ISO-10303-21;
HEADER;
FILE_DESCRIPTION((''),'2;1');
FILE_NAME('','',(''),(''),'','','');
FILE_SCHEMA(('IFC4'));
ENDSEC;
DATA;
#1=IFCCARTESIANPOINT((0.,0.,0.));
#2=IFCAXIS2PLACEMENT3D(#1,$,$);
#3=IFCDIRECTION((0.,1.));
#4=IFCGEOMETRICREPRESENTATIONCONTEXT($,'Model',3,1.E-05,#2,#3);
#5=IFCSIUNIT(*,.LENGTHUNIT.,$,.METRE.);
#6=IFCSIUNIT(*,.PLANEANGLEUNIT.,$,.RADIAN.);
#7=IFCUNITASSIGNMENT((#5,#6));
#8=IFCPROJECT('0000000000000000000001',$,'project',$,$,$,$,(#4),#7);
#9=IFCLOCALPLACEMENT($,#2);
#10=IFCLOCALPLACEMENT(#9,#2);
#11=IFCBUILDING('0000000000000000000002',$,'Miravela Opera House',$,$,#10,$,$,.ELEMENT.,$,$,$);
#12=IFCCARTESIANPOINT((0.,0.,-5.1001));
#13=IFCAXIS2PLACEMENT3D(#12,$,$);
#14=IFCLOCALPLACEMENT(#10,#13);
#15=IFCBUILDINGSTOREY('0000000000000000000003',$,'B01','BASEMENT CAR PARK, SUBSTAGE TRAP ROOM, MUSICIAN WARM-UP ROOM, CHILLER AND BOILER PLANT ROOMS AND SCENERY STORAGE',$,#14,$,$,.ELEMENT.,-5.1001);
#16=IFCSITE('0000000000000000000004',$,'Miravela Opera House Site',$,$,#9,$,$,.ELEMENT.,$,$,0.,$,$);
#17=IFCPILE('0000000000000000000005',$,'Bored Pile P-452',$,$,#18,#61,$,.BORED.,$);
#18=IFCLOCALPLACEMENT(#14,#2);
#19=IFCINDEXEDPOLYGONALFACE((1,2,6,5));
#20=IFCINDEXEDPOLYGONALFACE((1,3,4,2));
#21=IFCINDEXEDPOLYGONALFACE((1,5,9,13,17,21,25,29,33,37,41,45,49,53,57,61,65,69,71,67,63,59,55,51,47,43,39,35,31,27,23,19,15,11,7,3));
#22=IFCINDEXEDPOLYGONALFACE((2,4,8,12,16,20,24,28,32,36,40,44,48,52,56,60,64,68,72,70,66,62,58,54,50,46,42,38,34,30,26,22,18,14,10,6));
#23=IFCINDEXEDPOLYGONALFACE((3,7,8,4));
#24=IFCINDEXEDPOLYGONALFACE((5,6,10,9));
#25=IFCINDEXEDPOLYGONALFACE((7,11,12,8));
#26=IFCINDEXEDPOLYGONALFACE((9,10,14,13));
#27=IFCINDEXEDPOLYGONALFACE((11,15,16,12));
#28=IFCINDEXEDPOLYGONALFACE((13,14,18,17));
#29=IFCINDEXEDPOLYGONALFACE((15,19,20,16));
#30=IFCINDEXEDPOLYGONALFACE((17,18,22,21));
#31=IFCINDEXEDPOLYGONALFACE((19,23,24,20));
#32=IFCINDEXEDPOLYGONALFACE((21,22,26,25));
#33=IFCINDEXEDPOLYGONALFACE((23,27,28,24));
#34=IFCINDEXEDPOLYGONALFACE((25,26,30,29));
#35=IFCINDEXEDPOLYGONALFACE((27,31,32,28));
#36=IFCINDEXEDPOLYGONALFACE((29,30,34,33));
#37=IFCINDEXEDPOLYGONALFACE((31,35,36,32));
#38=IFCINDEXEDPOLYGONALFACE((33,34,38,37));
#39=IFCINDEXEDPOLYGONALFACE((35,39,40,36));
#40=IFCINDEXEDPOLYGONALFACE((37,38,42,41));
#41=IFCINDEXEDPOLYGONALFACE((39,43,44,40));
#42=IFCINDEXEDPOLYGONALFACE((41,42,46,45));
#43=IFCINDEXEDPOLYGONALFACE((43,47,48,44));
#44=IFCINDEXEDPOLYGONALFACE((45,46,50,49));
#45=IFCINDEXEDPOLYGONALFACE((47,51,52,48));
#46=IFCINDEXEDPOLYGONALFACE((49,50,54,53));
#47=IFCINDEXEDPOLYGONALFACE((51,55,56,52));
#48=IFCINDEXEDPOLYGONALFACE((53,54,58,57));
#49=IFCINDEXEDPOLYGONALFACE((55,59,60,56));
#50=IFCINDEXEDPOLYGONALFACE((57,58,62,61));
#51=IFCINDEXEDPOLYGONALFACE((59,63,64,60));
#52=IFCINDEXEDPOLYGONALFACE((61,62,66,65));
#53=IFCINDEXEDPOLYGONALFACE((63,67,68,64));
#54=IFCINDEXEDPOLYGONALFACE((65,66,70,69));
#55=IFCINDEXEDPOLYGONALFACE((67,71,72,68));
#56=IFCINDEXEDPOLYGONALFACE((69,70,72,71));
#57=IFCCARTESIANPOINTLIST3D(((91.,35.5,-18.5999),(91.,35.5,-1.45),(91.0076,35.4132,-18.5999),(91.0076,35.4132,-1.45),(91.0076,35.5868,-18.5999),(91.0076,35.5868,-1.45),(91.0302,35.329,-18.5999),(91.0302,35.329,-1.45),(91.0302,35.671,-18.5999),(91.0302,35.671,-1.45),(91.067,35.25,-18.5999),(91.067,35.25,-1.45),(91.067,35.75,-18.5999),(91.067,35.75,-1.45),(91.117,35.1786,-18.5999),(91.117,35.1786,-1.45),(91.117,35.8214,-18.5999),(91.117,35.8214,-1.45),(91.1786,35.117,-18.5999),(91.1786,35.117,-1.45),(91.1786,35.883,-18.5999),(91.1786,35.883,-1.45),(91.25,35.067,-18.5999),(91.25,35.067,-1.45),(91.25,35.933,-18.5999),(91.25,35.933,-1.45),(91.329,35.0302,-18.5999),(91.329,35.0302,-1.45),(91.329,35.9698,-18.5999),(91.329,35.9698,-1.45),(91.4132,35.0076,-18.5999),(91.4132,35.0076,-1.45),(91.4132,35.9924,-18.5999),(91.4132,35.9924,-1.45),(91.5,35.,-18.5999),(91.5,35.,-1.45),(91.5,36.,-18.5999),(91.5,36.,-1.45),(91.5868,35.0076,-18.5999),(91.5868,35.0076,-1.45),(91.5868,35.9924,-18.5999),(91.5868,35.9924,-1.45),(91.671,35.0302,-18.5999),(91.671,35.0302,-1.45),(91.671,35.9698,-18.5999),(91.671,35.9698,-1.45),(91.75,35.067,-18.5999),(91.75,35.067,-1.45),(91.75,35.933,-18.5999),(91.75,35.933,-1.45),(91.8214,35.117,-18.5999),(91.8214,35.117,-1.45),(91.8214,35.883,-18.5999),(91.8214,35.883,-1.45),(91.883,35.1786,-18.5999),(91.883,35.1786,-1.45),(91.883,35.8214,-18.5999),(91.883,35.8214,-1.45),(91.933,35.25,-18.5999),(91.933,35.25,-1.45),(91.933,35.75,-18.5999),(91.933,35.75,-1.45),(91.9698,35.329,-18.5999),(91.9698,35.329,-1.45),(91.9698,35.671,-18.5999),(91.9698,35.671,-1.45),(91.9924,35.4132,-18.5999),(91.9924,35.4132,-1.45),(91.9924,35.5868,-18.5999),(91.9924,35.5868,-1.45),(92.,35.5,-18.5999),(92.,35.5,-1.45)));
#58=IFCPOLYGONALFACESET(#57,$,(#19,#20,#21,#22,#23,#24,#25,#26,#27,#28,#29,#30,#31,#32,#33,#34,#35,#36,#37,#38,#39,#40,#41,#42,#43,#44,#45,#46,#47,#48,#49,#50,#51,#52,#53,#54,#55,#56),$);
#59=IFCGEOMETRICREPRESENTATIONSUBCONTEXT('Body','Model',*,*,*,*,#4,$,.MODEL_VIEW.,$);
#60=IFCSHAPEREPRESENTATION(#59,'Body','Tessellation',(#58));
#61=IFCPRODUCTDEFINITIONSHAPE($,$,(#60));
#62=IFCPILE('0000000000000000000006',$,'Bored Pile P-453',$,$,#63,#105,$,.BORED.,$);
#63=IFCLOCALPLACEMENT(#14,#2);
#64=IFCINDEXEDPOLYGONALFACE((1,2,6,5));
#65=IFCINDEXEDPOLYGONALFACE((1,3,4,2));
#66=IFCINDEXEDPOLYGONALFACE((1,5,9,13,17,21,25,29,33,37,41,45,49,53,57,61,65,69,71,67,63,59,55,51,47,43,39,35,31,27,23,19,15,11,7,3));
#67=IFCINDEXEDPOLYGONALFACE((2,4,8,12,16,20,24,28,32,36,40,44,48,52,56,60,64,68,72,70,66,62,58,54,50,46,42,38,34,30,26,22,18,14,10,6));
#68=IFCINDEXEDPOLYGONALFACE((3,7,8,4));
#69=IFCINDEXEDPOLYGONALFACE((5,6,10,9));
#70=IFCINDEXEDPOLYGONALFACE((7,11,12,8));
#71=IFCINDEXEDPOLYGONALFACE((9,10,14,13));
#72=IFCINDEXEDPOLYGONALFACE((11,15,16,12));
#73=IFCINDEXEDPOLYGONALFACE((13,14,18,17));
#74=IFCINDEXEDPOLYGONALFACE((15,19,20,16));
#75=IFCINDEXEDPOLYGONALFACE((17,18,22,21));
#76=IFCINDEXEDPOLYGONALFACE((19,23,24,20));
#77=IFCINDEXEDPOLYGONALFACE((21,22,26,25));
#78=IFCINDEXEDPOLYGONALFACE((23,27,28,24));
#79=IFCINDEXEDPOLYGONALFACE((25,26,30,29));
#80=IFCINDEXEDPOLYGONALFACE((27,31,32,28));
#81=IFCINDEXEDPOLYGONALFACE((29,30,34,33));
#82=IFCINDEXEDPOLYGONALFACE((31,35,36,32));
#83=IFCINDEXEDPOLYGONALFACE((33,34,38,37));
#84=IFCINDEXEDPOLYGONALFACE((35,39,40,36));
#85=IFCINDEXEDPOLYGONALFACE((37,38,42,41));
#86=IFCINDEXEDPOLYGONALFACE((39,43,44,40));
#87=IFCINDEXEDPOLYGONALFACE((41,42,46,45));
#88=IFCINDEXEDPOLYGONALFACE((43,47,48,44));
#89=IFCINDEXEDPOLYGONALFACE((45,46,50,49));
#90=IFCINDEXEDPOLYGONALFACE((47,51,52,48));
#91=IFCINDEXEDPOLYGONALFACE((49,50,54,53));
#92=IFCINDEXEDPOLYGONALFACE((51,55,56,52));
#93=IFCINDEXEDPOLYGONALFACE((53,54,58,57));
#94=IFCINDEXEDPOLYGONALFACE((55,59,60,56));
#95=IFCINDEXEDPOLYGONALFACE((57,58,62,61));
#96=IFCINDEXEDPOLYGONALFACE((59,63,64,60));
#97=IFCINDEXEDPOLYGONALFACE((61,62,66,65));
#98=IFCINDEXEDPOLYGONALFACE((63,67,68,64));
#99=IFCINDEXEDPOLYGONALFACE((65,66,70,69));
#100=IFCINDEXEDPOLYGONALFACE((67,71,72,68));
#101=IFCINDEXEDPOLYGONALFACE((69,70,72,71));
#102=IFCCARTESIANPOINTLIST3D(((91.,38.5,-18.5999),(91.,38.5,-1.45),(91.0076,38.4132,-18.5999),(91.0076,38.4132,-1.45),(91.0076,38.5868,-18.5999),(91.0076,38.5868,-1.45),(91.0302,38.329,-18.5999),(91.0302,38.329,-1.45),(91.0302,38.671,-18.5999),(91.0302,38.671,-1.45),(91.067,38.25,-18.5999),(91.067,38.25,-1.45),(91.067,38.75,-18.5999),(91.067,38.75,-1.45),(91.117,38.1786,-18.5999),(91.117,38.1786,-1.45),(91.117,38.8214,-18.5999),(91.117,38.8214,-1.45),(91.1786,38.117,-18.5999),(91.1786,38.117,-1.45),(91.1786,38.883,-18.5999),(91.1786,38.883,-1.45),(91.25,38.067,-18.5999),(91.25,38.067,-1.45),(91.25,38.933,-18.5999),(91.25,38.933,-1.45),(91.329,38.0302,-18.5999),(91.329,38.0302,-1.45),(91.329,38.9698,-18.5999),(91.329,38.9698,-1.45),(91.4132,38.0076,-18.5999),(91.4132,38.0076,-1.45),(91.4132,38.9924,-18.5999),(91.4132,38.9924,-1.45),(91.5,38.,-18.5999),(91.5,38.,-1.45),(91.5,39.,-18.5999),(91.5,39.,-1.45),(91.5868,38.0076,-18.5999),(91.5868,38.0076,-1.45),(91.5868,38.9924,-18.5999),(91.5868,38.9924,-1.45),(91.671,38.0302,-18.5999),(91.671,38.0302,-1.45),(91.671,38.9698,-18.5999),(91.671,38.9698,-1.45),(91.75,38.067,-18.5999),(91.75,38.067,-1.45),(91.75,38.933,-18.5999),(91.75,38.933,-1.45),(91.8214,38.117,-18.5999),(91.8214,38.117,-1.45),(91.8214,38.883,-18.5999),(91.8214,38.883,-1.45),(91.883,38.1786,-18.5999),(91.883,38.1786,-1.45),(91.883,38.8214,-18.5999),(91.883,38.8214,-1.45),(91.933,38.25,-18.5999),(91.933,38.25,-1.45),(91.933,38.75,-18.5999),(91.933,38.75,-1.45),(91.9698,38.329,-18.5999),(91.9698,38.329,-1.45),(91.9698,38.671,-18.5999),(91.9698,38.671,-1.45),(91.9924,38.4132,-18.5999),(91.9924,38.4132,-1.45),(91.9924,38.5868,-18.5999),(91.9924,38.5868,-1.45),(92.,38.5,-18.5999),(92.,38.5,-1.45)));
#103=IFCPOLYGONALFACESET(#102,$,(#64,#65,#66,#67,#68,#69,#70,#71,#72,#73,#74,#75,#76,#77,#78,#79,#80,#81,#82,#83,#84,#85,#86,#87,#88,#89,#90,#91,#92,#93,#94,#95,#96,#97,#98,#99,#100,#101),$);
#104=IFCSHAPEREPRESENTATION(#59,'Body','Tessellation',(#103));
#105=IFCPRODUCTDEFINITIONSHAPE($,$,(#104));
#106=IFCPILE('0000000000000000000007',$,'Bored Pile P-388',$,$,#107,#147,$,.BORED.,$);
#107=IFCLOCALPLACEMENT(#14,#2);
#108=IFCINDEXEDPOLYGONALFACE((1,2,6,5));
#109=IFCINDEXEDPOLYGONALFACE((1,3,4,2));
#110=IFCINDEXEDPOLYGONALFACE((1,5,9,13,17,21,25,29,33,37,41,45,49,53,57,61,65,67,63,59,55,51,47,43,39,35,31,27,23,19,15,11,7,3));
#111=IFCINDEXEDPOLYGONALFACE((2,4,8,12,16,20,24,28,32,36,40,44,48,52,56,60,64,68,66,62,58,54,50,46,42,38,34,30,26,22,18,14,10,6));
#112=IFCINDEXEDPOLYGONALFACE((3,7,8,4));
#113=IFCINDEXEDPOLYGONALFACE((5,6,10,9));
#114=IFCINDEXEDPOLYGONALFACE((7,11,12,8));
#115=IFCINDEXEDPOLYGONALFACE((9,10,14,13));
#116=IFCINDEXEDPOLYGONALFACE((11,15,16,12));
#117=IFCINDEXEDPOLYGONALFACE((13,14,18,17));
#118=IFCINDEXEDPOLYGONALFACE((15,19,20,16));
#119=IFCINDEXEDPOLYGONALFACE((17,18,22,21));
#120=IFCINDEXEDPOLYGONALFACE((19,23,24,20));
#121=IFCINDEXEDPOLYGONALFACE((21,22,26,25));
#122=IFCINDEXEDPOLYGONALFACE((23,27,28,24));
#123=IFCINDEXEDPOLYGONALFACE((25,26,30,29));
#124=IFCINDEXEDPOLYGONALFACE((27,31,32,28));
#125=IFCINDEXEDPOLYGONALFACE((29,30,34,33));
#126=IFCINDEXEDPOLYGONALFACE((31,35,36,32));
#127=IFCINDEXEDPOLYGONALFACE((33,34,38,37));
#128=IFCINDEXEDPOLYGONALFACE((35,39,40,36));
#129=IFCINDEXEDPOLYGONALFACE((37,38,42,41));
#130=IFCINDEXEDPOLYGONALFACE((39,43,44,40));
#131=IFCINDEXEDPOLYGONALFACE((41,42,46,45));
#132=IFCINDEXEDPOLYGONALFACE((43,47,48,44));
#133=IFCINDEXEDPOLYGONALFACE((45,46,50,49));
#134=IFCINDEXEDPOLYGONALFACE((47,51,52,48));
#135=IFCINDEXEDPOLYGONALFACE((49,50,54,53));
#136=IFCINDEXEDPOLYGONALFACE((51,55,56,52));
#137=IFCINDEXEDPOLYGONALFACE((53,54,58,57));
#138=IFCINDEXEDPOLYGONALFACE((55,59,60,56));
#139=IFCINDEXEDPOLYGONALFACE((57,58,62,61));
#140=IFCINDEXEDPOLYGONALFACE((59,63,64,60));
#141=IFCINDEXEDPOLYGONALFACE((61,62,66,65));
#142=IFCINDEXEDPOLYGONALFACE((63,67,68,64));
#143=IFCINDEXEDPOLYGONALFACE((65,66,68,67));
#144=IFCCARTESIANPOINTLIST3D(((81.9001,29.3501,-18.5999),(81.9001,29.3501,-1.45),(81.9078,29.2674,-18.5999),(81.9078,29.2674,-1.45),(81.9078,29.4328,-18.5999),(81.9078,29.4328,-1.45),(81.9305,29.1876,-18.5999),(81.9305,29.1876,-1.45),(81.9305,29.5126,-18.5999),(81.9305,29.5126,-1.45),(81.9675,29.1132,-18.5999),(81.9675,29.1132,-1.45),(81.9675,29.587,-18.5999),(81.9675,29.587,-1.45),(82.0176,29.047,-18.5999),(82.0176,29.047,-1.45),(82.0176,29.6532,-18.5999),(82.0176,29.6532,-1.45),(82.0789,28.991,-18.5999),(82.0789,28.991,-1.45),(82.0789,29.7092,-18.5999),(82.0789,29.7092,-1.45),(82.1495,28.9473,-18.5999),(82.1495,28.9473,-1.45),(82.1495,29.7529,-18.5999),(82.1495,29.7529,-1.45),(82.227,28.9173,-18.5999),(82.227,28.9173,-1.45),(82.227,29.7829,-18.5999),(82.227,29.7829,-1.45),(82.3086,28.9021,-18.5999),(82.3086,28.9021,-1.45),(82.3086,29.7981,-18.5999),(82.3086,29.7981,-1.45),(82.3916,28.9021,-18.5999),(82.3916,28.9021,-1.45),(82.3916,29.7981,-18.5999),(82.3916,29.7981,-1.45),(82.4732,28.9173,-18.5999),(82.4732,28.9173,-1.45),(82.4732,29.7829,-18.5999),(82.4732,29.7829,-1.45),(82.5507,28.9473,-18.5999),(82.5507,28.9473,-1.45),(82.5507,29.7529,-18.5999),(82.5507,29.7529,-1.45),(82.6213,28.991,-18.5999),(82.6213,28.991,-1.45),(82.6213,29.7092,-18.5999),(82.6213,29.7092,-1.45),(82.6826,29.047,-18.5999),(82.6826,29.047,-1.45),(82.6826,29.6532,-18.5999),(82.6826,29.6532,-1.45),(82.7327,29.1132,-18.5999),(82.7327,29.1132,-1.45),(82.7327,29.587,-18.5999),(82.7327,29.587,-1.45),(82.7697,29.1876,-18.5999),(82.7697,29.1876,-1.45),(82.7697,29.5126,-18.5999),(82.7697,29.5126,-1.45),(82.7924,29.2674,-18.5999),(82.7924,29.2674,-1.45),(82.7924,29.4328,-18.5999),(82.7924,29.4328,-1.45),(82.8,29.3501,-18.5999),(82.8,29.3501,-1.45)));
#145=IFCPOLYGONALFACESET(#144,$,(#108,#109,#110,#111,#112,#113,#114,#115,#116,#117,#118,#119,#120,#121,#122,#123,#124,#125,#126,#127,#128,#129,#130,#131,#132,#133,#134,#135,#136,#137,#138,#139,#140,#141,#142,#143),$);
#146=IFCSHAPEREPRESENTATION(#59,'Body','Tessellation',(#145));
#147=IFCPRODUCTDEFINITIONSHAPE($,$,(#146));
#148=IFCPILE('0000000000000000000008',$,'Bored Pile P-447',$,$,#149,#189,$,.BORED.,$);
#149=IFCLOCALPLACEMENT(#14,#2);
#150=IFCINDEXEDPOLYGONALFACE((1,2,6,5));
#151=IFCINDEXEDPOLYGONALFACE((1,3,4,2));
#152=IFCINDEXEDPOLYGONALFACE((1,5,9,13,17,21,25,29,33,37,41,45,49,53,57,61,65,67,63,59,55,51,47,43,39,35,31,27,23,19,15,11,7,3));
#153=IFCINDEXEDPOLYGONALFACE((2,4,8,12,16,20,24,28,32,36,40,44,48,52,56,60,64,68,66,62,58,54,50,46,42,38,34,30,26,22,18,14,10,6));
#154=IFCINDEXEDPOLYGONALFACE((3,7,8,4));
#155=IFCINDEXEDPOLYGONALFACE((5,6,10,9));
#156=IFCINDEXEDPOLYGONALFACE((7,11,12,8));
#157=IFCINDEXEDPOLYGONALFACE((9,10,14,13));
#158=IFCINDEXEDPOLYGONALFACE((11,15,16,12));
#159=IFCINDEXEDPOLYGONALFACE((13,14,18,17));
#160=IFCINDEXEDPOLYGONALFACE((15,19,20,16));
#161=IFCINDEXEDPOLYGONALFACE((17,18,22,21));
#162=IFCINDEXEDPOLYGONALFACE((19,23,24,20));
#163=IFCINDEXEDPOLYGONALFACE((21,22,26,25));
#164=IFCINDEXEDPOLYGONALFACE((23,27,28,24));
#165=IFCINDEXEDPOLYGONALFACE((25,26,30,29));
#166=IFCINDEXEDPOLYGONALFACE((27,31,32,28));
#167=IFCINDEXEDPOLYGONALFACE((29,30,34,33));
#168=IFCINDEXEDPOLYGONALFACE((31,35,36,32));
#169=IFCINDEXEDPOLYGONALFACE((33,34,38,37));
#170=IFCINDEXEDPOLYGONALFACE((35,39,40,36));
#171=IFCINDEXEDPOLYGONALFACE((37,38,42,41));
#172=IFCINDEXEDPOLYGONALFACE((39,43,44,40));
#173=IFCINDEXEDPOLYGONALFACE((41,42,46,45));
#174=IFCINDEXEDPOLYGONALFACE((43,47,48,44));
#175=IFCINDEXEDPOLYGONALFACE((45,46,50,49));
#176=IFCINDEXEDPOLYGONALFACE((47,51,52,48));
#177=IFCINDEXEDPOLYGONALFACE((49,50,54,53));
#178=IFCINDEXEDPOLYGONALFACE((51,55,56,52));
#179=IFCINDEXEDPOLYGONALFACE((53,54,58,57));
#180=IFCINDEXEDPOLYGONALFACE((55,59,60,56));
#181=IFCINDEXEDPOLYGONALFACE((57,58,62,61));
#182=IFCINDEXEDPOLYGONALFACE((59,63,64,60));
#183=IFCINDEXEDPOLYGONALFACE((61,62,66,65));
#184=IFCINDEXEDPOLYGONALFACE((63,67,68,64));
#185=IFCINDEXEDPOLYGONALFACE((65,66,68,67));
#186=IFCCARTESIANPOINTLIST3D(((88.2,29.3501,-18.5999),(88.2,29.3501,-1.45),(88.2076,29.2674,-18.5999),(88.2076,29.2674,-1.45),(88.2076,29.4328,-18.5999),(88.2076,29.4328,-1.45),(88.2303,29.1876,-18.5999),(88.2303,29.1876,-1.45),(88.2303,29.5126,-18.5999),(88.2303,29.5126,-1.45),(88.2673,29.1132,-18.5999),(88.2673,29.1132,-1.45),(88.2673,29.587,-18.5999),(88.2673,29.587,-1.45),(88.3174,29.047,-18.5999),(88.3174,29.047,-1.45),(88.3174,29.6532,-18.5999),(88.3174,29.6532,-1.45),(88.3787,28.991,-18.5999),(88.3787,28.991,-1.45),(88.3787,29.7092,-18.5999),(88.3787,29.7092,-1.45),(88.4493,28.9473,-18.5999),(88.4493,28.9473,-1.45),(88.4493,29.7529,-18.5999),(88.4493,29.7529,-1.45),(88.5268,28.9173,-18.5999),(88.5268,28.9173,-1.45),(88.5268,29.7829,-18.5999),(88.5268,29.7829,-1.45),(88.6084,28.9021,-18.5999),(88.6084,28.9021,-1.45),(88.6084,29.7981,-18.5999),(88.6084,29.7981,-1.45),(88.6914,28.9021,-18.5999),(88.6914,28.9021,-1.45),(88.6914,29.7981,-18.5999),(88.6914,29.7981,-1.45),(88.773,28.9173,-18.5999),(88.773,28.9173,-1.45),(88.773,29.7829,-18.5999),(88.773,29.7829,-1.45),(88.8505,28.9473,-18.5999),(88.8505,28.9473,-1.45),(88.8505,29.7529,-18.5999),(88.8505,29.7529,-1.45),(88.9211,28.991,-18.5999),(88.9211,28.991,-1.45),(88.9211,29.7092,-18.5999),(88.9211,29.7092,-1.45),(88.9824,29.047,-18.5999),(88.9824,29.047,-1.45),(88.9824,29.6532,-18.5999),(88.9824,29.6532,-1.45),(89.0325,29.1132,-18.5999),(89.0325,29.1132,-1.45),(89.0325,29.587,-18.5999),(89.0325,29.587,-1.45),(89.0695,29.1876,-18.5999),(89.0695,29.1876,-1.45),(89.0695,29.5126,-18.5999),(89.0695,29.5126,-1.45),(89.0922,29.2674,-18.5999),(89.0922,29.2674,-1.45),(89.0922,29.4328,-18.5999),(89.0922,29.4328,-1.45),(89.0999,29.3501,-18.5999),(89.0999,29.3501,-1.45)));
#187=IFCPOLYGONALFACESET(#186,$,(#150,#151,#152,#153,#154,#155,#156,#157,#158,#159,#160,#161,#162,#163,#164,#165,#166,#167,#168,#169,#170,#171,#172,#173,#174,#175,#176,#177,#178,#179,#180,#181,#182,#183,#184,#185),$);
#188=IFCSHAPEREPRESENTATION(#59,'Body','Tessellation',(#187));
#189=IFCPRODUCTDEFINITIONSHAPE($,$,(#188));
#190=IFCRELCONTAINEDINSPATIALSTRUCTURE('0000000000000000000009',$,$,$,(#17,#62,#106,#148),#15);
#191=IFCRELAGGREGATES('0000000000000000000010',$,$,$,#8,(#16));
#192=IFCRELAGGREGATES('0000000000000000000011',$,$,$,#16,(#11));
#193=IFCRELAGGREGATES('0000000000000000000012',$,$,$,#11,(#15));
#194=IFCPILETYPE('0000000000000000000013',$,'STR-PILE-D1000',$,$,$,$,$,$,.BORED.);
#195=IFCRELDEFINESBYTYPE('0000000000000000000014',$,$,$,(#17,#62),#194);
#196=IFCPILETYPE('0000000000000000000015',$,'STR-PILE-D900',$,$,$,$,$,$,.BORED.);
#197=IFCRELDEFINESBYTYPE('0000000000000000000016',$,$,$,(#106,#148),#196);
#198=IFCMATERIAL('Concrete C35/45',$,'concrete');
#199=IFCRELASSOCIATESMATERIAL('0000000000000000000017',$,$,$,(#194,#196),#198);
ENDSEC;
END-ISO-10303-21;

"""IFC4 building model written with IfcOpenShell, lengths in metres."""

from ifc_helpers import new_model, si_unit, direction, frame, origin, origin_2d, place, context, subcontext, project, spatial, circle, extrude, material, material_profile, profile_set, type_object, element, save


model = new_model("IFC4")

# Units and contexts
model_context = context("Model", 3, precision=1e-05, world=origin(), true_north=direction((0.0, 1.0)))
body_context = subcontext(model_context, "Body", "Model", "MODEL_VIEW")
ifc_project = project(units=[si_unit("LENGTHUNIT", "METRE"), si_unit("PLANEANGLEUNIT", "RADIAN")], contexts=[model_context])

# Site, building, storey
site_placement = place(None, origin())
site = spatial("IfcSite", under=ifc_project, at=site_placement, Name="Miravela Opera House Site", CompositionType="ELEMENT", RefElevation=0.0)
building_placement = place(site_placement, origin())
building = spatial("IfcBuilding", under=site, at=building_placement, Name="Miravela Opera House", CompositionType="ELEMENT")
storey_placement = place(building_placement, frame((0.0, 0.0, -5.1001)))
storey = spatial("IfcBuildingStorey", under=building, at=storey_placement, Name="B01", Description="BASEMENT CAR PARK, SUBSTAGE TRAP ROOM, MUSICIAN WARM-UP ROOM, CHILLER AND BOILER PLANT ROOMS AND SCENERY STORAGE", CompositionType="ELEMENT", Elevation=-5.1001)

# Shared definitions
ifc_material_1 = material(Name="Concrete C35/45", Category="concrete")

# Piles
ifc_material_profile_1 = material_profile(ifc_material_1, circle(Radius=0.5, at=origin_2d()), Name="PILE-D1000")
ifc_profile_set_1 = profile_set([ifc_material_profile_1])
pile_type_1 = type_object("IfcPileType", Name="STR-PILE-D1000", PredefinedType="BORED", material=ifc_profile_set_1)
for number, where, z_axis, x_axis, name in (
    (1, (91.5, 35.5, -1.45), (0.0, 0.0, -1.0), (1.0, 0.0, 0.0), "Bored Pile P-452"),
    (2, (91.5, 38.5, -1.45), (0.0, 0.0, -1.0), (1.0, 0.0, 0.0), "Bored Pile P-453"),
):
    element("IfcPile", number, at=place(storey_placement, frame(where, z_axis=z_axis, x_axis=x_axis)), inside=storey, type_object=pile_type_1, Name=name, PredefinedType="BORED", context=body_context, shape_type="SweptSolid", body=[
        extrude(circle(Radius=0.5, at=origin_2d()), origin(), (0.0, 0.0, 1.0), 17.1499),
    ])
ifc_material_profile_2 = material_profile(ifc_material_1, circle(Radius=0.45, at=origin_2d()), Name="PILE-D900")
ifc_profile_set_2 = profile_set([ifc_material_profile_2])
pile_type_2 = type_object("IfcPileType", Name="STR-PILE-D900", PredefinedType="BORED", material=ifc_profile_set_2)
for number, where, z_axis, x_axis, name in (
    (3, (82.3501, 29.3501, -1.45), (0.0, 0.0, -1.0), (1.0, 0.0, 0.0), "Bored Pile P-388"),
    (4, (88.6499, 29.3501, -1.45), (0.0, 0.0, -1.0), (1.0, 0.0, 0.0), "Bored Pile P-447"),
):
    element("IfcPile", number, at=place(storey_placement, frame(where, z_axis=z_axis, x_axis=x_axis)), inside=storey, type_object=pile_type_2, Name=name, PredefinedType="BORED", context=body_context, shape_type="SweptSolid", body=[
        extrude(circle(Radius=0.45, at=origin_2d()), origin(), (0.0, 0.0, 1.0), 17.1499),
    ])

save(model, "model.ifc")
